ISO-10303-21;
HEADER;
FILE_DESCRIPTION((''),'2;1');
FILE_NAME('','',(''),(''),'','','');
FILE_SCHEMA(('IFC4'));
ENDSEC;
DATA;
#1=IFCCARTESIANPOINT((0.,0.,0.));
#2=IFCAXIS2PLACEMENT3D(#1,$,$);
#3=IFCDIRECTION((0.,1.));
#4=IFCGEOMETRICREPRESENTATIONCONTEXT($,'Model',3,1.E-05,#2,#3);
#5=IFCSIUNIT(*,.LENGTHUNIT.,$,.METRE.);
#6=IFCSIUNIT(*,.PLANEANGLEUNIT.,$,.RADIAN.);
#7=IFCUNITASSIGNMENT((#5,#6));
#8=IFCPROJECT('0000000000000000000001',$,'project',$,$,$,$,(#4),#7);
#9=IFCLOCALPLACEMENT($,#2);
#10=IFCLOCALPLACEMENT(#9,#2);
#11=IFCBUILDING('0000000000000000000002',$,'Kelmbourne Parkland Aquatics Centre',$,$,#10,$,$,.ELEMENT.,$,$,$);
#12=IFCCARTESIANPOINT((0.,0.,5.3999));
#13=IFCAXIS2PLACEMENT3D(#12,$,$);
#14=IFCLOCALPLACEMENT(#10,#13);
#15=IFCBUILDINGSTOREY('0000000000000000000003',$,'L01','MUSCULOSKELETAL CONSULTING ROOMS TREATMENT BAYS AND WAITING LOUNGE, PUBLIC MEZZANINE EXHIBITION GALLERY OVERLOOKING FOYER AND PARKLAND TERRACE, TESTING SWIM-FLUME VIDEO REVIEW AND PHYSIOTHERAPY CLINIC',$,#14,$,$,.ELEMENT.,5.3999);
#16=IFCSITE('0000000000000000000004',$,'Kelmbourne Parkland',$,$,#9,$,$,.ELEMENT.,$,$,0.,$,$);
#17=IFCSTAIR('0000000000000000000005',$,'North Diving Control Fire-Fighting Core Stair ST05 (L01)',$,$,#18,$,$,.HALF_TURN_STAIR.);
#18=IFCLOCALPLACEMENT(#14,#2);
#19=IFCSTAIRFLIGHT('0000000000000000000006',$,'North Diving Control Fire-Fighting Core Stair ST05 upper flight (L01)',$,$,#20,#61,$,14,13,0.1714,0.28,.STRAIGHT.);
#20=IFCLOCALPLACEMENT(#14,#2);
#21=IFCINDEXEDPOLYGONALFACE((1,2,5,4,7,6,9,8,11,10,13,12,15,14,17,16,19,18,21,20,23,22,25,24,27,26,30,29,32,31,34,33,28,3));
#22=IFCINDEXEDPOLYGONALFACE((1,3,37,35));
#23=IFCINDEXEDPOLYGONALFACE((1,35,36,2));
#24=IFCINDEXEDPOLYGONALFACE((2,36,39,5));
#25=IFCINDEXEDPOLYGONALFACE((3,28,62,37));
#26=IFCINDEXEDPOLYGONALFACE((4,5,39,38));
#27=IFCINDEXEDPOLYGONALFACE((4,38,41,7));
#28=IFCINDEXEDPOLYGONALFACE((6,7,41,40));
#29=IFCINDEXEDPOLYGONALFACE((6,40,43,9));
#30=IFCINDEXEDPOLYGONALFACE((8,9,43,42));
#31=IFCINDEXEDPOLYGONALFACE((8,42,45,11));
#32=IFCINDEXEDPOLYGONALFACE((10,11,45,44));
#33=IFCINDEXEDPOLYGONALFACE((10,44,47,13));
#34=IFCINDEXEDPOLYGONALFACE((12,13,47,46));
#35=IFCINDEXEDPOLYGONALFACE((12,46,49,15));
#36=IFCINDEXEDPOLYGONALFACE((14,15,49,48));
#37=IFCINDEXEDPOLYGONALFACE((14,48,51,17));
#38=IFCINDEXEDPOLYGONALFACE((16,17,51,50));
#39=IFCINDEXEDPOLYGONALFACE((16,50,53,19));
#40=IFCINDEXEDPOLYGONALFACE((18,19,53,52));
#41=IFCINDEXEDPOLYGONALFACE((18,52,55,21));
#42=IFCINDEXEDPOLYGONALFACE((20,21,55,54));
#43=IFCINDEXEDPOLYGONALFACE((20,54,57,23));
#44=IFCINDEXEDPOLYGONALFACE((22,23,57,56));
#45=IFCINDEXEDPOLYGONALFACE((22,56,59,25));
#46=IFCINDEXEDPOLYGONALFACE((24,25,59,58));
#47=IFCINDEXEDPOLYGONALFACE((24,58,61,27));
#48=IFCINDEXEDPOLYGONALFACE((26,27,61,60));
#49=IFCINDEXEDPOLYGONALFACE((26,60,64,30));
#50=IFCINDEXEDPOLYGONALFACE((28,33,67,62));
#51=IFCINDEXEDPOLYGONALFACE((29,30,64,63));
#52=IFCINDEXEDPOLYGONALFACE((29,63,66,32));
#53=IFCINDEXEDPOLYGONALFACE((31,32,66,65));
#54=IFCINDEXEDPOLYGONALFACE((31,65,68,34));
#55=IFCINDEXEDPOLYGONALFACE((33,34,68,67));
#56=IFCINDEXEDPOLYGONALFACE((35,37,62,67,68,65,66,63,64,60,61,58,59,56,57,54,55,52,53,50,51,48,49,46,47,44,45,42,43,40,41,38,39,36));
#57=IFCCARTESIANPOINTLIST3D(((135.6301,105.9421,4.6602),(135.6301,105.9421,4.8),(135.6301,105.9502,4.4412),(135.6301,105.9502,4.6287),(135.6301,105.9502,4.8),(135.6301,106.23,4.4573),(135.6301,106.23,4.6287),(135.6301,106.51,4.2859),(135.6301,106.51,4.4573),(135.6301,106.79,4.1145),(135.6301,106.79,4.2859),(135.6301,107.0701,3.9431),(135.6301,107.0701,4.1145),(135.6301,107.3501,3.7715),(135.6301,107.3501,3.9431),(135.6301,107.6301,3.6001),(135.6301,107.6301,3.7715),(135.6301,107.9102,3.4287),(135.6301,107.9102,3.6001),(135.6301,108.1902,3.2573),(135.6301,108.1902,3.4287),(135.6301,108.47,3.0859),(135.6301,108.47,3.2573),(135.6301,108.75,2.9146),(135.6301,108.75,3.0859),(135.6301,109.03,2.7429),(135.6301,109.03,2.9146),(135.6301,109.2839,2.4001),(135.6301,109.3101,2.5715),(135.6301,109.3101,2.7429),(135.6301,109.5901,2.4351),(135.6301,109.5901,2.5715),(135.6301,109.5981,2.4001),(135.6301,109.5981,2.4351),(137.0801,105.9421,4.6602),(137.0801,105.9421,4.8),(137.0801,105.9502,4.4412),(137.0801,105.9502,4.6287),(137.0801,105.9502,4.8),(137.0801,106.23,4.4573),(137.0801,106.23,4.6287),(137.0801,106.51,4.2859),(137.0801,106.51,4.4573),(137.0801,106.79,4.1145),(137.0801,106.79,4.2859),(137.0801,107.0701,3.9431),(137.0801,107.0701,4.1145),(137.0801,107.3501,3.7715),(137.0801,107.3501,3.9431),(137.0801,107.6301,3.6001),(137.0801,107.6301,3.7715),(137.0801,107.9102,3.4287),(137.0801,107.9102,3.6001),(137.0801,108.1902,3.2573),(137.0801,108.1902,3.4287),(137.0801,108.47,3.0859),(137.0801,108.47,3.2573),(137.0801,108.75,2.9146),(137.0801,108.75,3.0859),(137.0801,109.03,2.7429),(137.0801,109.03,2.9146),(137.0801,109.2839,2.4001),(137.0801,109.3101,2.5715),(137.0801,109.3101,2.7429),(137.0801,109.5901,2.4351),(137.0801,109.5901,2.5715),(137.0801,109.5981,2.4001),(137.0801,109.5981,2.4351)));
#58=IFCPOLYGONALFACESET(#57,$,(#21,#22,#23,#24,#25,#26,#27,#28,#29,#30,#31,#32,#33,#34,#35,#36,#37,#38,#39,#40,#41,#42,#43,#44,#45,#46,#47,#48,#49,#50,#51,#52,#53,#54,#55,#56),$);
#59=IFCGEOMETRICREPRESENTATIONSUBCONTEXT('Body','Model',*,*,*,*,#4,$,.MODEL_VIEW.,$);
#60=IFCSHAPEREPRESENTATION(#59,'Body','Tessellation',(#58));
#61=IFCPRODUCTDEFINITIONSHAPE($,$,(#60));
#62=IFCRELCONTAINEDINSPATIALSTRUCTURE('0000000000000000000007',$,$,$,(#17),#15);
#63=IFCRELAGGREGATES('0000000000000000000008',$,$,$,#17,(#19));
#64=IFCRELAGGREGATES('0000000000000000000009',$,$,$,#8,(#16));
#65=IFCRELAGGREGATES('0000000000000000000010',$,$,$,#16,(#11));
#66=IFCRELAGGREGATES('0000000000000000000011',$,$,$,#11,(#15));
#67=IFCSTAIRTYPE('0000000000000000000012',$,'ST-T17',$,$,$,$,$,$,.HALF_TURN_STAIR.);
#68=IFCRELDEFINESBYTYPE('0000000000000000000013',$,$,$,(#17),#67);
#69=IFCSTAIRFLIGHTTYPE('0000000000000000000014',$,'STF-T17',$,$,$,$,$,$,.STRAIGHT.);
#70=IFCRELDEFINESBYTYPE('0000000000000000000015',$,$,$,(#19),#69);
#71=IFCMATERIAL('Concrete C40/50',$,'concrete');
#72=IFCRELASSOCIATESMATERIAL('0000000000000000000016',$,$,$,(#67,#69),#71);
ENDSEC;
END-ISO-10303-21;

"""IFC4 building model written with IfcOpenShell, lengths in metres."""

from ifc_helpers import new_model, si_unit, direction, frame, origin, place, context, subcontext, project, spatial, polyline, outline, extrude, material, type_object, element, aggregate, save


model = new_model("IFC4")

# Units and contexts
model_context = context("Model", 3, precision=1e-05, world=origin(), true_north=direction((0.0, 1.0)))
body_context = subcontext(model_context, "Body", "Model", "MODEL_VIEW")
ifc_project = project(units=[si_unit("LENGTHUNIT", "METRE"), si_unit("PLANEANGLEUNIT", "RADIAN")], contexts=[model_context])

# Site, building, storey
site_placement = place(None, origin())
site = spatial("IfcSite", under=ifc_project, at=site_placement, Name="Kelmbourne Parkland", CompositionType="ELEMENT", RefElevation=0.0)
building_placement = place(site_placement, origin())
building = spatial("IfcBuilding", under=site, at=building_placement, Name="Kelmbourne Parkland Aquatics Centre", CompositionType="ELEMENT")
storey_placement = place(building_placement, frame((0.0, 0.0, 5.3999)))
storey = spatial("IfcBuildingStorey", under=building, at=storey_placement, Name="L01", Description="MUSCULOSKELETAL CONSULTING ROOMS TREATMENT BAYS AND WAITING LOUNGE, PUBLIC MEZZANINE EXHIBITION GALLERY OVERLOOKING FOYER AND PARKLAND TERRACE, TESTING SWIM-FLUME VIDEO REVIEW AND PHYSIOTHERAPY CLINIC", CompositionType="ELEMENT", Elevation=5.3999)

# Shared definitions
ifc_material_1 = material(Name="Concrete C40/50", Category="concrete")

# Stair, stair flight
stair_type = type_object("IfcStairType", Name="ST-T17", PredefinedType="HALF_TURN_STAIR", material=ifc_material_1)
stair_placement = place(storey_placement, origin())
stair = element("IfcStair", 1, at=stair_placement, inside=storey, type_object=stair_type, Name="North Diving Control Fire-Fighting Core Stair ST05 (L01)", PredefinedType="HALF_TURN_STAIR")
stair_flight_type = type_object("IfcStairFlightType", Name="STF-T17", PredefinedType="STRAIGHT", material=ifc_material_1)
stair_flight_1_placement = place(storey_placement, frame((136.355, 109.5901, 2.4001), z_axis=(0.0, 0.0, 1.0), x_axis=(0.0, -1.0, 0.0)))
stair_flight_1 = element("IfcStairFlight", 2, at=stair_flight_1_placement, type_object=stair_flight_type, Name="North Diving Control Fire-Fighting Core Stair ST05 upper flight (L01)", NumberOfRisers=14, NumberOfTreads=13, PredefinedType="STRAIGHT", RiserHeight=0.1714, TreadLength=0.28, context=body_context, shape_type="SweptSolid", body=[
    extrude(outline(polyline([(-0.0081, 0.0), (-0.0081, 0.0349), (0.0, 0.0349), (0.0, 0.1714), (0.28, 0.1714), (0.28, 0.3428), (0.5601, 0.3428), (0.5601, 0.5144), (0.8401, 0.5144), (0.8401, 0.6858), (1.1201, 0.6858), (1.1201, 0.8572), (1.3999, 0.8572), (1.3999, 1.0286), (1.6799, 1.0286), (1.6799, 1.2), (1.96, 1.2), (1.96, 1.3713), (2.24, 1.3713), (2.24, 1.543), (2.52, 1.543), (2.52, 1.7144), (2.8, 1.7144), (2.8, 1.8857), (3.0801, 1.8857), (3.0801, 2.0571), (3.3601, 2.0571), (3.3601, 2.2285), (3.6399, 2.2285), (3.6399, 2.3999), (3.6479, 2.3999), (3.6479, 2.26), (3.6399, 2.041), (0.3062, 0.0), (-0.0081, 0.0)])), frame((0.0, 0.7251, 0.0), z_axis=(0.0, -1.0, 0.0), x_axis=(1.0, 0.0, 0.0)), (0.0, 0.0, 1.0), 1.45),
])
aggregate(stair, [stair_flight_1])

save(model, "model.ifc")
